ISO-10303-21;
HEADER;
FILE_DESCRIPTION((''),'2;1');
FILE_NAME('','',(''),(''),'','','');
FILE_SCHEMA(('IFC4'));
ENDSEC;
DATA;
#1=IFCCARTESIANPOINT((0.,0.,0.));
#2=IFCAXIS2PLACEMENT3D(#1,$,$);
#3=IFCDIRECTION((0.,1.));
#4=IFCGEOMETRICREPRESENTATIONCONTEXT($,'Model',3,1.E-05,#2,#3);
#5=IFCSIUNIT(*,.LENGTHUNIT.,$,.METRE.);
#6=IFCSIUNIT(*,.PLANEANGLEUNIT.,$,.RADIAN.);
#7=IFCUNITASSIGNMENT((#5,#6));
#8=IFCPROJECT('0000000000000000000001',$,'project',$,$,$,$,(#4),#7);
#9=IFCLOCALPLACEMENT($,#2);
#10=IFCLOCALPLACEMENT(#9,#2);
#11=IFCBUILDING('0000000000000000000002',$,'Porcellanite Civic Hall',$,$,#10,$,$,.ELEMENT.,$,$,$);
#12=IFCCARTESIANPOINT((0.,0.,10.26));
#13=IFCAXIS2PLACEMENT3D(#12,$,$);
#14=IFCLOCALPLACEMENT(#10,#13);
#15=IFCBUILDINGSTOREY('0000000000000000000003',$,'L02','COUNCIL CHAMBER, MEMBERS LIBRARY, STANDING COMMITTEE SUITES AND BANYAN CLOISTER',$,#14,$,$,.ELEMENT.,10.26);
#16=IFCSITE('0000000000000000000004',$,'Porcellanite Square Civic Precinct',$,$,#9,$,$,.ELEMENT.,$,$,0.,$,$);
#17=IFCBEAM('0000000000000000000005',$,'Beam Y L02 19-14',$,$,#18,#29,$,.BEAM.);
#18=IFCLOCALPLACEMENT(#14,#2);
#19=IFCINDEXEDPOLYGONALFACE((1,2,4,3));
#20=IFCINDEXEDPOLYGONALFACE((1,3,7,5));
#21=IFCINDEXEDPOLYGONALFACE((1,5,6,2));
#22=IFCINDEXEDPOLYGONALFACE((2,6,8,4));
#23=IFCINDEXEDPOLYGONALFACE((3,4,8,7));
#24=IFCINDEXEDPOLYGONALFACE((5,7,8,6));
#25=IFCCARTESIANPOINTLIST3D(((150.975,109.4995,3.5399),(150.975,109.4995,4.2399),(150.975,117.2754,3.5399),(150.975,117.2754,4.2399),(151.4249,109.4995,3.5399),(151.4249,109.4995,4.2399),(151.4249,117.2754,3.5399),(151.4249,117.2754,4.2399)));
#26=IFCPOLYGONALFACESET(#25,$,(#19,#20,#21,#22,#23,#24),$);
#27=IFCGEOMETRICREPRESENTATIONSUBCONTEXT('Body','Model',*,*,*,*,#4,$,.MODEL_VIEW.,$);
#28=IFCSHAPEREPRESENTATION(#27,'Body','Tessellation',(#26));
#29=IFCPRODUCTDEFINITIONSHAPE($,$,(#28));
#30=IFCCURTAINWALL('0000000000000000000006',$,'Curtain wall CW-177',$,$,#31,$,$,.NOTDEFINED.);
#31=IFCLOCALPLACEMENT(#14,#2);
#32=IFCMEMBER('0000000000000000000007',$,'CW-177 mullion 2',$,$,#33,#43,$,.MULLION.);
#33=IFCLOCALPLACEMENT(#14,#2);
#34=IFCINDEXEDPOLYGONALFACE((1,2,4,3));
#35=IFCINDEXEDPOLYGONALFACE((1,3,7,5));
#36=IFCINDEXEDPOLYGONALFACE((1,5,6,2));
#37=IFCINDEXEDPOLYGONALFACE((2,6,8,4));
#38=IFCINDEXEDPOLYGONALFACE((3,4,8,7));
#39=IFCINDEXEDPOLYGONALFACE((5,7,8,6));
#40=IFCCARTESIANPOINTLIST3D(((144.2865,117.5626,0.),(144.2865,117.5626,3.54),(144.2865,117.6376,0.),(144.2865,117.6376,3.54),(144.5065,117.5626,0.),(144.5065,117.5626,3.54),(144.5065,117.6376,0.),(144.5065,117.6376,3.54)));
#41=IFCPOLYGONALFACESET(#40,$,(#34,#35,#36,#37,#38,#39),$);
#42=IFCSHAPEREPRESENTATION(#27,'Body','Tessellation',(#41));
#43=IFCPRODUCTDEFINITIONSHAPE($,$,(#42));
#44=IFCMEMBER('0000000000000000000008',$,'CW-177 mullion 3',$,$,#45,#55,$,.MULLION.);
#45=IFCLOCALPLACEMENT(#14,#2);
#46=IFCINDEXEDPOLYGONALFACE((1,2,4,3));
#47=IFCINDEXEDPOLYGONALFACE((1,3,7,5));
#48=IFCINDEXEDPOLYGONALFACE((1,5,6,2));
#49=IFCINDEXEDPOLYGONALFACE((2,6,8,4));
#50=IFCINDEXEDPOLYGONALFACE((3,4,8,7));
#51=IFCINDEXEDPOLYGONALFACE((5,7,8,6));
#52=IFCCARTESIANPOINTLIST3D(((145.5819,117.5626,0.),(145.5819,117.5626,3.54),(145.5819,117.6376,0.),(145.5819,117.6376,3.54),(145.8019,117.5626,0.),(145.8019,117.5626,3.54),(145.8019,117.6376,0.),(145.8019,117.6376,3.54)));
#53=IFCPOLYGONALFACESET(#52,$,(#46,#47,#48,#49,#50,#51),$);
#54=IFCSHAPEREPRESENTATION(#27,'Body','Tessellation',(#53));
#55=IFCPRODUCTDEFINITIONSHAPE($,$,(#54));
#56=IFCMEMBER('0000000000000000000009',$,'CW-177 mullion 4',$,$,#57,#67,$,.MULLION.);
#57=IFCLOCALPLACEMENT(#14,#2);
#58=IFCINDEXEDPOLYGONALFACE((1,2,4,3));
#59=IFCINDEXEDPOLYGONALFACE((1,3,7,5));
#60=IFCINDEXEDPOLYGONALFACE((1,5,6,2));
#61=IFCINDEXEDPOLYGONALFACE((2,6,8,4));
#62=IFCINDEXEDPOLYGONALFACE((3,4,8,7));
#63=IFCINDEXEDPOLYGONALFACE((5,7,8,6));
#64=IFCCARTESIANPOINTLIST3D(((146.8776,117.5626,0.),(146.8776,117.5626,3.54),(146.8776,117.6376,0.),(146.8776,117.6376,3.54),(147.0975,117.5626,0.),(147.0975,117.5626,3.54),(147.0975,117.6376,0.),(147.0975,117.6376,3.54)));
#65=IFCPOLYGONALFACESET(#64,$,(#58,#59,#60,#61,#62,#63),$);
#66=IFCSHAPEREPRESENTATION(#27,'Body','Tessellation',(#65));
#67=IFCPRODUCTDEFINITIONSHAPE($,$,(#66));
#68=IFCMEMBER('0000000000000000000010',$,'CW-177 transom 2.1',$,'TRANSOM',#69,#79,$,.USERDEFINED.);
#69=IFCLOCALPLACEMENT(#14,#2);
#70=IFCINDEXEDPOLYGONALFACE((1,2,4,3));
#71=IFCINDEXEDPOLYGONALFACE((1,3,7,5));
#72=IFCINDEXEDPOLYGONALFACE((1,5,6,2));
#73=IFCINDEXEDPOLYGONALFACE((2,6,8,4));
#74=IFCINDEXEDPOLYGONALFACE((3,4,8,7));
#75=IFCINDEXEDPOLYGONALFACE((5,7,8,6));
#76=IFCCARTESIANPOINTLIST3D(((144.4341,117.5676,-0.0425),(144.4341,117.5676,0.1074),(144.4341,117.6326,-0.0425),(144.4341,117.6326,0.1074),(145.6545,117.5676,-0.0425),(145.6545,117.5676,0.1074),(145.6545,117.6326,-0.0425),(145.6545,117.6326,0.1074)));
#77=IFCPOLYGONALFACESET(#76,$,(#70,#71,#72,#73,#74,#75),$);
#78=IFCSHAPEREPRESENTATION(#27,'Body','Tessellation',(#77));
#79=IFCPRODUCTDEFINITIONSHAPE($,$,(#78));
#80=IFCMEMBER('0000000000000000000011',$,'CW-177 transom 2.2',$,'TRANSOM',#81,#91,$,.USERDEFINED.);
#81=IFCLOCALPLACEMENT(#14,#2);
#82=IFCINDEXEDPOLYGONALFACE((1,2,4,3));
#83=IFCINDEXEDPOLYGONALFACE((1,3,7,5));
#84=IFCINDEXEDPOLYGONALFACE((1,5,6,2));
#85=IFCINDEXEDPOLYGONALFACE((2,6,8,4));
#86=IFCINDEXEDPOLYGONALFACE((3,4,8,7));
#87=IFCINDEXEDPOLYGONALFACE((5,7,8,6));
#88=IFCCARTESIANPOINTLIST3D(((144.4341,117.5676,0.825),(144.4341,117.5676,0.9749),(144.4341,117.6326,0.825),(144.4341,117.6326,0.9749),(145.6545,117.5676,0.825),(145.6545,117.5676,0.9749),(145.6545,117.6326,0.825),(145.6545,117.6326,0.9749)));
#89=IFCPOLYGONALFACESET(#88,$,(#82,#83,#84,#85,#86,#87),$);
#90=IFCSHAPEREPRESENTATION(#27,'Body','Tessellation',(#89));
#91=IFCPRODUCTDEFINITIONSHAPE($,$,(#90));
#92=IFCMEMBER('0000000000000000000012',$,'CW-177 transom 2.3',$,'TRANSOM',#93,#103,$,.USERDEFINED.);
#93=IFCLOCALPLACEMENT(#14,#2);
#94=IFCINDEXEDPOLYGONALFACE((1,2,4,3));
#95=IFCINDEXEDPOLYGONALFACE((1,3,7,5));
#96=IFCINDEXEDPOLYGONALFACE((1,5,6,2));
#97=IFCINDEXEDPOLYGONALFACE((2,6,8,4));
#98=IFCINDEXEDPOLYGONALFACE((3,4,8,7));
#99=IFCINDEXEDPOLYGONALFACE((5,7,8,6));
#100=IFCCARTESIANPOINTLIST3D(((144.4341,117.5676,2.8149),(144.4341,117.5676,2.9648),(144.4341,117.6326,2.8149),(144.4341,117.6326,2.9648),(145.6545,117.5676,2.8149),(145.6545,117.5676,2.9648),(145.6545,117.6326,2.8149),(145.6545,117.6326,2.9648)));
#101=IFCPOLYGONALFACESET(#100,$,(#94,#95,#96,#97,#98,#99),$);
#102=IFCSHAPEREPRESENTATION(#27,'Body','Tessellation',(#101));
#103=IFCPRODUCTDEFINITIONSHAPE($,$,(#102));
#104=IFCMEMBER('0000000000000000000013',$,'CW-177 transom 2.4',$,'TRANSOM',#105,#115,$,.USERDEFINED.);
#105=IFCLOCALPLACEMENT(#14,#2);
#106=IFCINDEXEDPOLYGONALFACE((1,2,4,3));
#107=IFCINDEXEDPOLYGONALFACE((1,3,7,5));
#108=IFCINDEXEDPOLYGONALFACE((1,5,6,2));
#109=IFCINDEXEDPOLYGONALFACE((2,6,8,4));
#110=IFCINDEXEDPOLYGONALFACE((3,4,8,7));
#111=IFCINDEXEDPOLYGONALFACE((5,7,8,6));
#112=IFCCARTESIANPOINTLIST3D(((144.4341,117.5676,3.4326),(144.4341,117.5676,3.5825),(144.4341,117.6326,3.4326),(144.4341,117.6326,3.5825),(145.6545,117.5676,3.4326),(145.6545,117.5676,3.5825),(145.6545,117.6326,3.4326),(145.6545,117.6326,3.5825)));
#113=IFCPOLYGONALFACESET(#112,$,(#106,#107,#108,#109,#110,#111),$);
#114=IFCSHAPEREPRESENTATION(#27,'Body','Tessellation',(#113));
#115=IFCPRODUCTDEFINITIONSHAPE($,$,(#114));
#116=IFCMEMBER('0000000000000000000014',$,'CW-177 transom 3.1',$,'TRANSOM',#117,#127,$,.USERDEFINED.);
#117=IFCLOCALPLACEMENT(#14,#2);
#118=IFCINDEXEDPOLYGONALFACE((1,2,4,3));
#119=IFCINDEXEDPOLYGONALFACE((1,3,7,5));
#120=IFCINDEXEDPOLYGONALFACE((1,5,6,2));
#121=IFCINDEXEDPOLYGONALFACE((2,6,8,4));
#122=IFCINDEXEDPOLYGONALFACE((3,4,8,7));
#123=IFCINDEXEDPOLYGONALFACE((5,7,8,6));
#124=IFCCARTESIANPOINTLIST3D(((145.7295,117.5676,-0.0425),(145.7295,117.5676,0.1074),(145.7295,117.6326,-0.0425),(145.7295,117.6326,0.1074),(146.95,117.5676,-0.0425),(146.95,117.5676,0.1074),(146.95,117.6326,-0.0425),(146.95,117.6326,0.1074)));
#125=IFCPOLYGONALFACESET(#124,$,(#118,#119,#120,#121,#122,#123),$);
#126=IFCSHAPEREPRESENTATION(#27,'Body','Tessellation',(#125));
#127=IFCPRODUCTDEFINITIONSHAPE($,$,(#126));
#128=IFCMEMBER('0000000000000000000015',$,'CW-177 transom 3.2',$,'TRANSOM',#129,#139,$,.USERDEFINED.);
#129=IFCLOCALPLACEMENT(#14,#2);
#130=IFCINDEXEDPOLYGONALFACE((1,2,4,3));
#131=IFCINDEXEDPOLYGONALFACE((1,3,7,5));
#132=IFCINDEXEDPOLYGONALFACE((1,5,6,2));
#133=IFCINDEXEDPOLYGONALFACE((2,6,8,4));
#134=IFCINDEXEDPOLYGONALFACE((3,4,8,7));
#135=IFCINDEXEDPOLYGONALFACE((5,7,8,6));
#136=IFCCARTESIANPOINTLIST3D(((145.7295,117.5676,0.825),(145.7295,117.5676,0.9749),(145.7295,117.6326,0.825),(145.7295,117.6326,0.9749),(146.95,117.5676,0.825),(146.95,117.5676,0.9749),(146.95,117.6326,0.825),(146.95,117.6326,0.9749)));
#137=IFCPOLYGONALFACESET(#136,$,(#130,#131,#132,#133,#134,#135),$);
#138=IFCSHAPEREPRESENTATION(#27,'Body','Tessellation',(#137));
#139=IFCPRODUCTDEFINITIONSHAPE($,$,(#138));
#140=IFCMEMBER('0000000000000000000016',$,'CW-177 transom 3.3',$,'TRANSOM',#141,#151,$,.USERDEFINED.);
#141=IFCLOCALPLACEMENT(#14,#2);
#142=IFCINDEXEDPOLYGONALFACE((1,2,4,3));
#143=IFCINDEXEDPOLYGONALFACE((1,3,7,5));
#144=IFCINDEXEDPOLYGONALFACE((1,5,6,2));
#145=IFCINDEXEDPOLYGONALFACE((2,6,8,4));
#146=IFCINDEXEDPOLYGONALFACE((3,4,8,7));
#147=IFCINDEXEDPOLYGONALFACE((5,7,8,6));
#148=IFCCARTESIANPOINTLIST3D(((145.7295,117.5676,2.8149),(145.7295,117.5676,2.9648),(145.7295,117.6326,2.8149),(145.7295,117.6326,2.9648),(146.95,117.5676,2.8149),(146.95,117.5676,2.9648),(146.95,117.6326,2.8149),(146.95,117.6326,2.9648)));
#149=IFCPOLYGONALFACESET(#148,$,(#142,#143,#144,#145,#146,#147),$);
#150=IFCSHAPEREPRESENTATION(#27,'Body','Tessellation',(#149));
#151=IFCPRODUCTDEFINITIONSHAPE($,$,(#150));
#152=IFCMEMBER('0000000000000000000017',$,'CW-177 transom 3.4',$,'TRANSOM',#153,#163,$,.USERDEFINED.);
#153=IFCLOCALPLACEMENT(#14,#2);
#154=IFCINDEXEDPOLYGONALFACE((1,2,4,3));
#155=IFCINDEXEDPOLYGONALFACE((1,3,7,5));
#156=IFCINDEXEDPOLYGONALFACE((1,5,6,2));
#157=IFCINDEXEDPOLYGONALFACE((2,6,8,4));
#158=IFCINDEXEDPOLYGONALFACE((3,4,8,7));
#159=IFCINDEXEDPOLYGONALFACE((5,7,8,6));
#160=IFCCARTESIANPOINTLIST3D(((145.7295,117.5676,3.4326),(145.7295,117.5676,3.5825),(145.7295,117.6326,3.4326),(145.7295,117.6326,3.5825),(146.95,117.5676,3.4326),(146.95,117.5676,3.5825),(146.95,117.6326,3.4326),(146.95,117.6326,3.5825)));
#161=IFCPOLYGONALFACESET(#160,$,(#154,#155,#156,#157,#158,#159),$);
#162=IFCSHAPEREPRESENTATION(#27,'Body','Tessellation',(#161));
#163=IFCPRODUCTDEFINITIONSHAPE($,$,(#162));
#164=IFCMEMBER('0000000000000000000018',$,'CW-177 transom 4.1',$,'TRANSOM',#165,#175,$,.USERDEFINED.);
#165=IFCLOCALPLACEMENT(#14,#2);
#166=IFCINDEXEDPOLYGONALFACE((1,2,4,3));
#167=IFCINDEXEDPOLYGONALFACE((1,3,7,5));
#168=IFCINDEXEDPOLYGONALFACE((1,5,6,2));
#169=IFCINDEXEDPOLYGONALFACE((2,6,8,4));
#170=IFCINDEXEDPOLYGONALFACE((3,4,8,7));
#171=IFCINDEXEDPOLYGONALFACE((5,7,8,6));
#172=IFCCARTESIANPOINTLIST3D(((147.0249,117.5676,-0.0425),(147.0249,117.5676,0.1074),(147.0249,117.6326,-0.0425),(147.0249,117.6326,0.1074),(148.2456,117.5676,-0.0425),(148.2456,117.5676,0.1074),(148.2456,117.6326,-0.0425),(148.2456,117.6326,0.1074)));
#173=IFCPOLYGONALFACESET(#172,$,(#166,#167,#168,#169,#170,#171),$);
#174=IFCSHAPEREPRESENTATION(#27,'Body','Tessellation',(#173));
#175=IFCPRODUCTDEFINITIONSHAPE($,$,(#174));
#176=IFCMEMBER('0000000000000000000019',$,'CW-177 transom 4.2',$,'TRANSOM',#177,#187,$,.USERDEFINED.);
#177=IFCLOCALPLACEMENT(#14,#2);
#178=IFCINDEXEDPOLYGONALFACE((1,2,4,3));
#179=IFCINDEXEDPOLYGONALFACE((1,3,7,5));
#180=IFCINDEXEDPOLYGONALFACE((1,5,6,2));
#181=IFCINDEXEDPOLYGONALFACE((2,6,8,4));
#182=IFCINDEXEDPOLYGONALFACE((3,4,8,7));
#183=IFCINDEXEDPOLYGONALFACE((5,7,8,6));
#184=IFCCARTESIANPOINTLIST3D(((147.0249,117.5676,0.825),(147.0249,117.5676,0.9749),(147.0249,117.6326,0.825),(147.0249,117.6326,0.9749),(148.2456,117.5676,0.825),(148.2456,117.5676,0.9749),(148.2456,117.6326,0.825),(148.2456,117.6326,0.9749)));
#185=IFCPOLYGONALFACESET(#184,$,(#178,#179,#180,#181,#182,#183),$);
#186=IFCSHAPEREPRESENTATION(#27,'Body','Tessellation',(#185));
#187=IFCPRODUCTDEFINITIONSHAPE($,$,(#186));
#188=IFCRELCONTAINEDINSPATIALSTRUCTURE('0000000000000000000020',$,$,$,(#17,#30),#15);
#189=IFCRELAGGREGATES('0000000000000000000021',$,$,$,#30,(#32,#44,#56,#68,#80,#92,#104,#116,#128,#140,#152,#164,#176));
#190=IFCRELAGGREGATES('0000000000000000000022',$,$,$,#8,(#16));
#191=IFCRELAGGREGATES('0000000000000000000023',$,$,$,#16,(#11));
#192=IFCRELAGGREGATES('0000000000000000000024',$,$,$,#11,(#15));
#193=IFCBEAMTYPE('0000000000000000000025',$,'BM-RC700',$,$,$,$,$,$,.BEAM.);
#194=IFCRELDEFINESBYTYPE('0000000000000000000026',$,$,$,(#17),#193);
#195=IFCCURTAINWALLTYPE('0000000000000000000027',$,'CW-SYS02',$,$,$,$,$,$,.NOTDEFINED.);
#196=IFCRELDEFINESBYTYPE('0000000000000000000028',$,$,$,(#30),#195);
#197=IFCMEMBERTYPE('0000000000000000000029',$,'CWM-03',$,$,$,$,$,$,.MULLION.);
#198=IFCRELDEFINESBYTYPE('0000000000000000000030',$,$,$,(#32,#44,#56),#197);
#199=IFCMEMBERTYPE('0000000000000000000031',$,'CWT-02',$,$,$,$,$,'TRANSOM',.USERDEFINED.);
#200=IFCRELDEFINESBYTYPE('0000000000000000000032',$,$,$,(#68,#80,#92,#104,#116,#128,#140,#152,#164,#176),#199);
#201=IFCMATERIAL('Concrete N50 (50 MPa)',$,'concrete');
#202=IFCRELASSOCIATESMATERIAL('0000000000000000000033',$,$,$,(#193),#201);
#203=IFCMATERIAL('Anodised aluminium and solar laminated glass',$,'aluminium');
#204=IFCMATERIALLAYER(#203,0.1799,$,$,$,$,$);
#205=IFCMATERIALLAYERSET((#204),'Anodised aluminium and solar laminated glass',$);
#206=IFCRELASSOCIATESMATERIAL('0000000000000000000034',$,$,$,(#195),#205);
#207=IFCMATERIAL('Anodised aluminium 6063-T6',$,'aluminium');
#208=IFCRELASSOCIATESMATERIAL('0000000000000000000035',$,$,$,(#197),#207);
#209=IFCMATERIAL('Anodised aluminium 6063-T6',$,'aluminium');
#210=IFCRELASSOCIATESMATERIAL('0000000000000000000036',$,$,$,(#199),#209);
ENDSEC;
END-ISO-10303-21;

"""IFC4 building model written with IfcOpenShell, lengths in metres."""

from ifc_helpers import new_model, si_unit, direction, frame, origin, origin_2d, place, context, subcontext, project, spatial, rectangle, extrude, material, layer, layer_set, material_profile, profile_set, type_object, element, aggregate, save


model = new_model("IFC4")

# Units and contexts
model_context = context("Model", 3, precision=1e-05, world=origin(), true_north=direction((0.0, 1.0)))
body_context = subcontext(model_context, "Body", "Model", "MODEL_VIEW")
ifc_project = project(units=[si_unit("LENGTHUNIT", "METRE"), si_unit("PLANEANGLEUNIT", "RADIAN")], contexts=[model_context])

# Site, building, storey
site_placement = place(None, origin())
site = spatial("IfcSite", under=ifc_project, at=site_placement, Name="Porcellanite Square Civic Precinct", CompositionType="ELEMENT", RefElevation=0.0)
building_placement = place(site_placement, origin())
building = spatial("IfcBuilding", under=site, at=building_placement, Name="Porcellanite Civic Hall", CompositionType="ELEMENT")
storey_placement = place(building_placement, frame((0.0, 0.0, 10.26)))
storey = spatial("IfcBuildingStorey", under=building, at=storey_placement, Name="L02", Description="COUNCIL CHAMBER, MEMBERS LIBRARY, STANDING COMMITTEE SUITES AND BANYAN CLOISTER", CompositionType="ELEMENT", Elevation=10.26)

# Beam
ifc_material_1 = material(Name="Concrete N50 (50 MPa)", Category="concrete")
ifc_material_profile_1 = material_profile(ifc_material_1, rectangle(XDim=0.45, YDim=0.7, at=origin_2d()), Name="RC-450x700")
ifc_profile_set_1 = profile_set([ifc_material_profile_1], Name="Concrete N50 (50 MPa)")
beam_type_1 = type_object("IfcBeamType", Name="BM-RC700", PredefinedType="BEAM", material=ifc_profile_set_1)
beam_1_placement = place(storey_placement, frame((151.2, 109.4995, 3.8899), z_axis=(0.0, 1.0, 0.0), x_axis=(-1.0, 0.0, 0.0)))
element("IfcBeam", 1, at=beam_1_placement, inside=storey, type_object=beam_type_1, Name="Beam Y L02 19-14", PredefinedType="BEAM", context=body_context, shape_type="SweptSolid", body=[
    extrude(rectangle(XDim=0.45, YDim=0.7, at=origin_2d()), origin(), (0.0, 0.0, 1.0), 7.7759),
])

# Curtain wall, members
ifc_material_2 = material(Name="Anodised aluminium and solar laminated glass", Category="aluminium")
ifc_layer_1 = layer(ifc_material_2, 0.1799)
ifc_layer_set_1 = layer_set([ifc_layer_1], Name="Anodised aluminium and solar laminated glass")
curtain_wall_type = type_object("IfcCurtainWallType", Name="CW-SYS02", PredefinedType="NOTDEFINED", material=ifc_layer_set_1)
curtain_wall_placement = place(storey_placement, origin())
curtain_wall = element("IfcCurtainWall", 2, at=curtain_wall_placement, inside=storey, type_object=curtain_wall_type, Name="Curtain wall CW-177", PredefinedType="NOTDEFINED")
ifc_material_3 = material(Name="Anodised aluminium 6063-T6", Category="aluminium")
ifc_material_profile_2 = material_profile(ifc_material_3, rectangle(XDim=0.075, YDim=0.22, at=origin_2d()), Name="AL-75x220")
ifc_profile_set_2 = profile_set([ifc_material_profile_2], Name="Anodised aluminium 6063-T6")
member_type_1 = type_object("IfcMemberType", Name="CWM-03", PredefinedType="MULLION", material=ifc_profile_set_2)
member_1_placement = place(storey_placement, frame((144.3965, 117.6001, 0.0), z_axis=(0.0, 0.0, 1.0), x_axis=(0.0, 1.0, 0.0)))
member_1 = element("IfcMember", 3, at=member_1_placement, type_object=member_type_1, Name="CW-177 mullion 2", PredefinedType="MULLION", context=body_context, shape_type="SweptSolid", body=[
    extrude(rectangle(XDim=0.075, YDim=0.22, at=origin_2d()), origin(), (0.0, 0.0, 1.0), 3.54),
])
member_2_placement = place(storey_placement, frame((145.6919, 117.6001, 0.0), z_axis=(0.0, 0.0, 1.0), x_axis=(0.0, 1.0, 0.0)))
member_2 = element("IfcMember", 4, at=member_2_placement, type_object=member_type_1, Name="CW-177 mullion 3", PredefinedType="MULLION", context=body_context, shape_type="SweptSolid", body=[
    extrude(rectangle(XDim=0.075, YDim=0.22, at=origin_2d()), origin(), (0.0, 0.0, 1.0), 3.54),
])
member_3_placement = place(storey_placement, frame((146.9875, 117.6001, 0.0), z_axis=(0.0, 0.0, 1.0), x_axis=(0.0, 1.0, 0.0)))
member_3 = element("IfcMember", 5, at=member_3_placement, type_object=member_type_1, Name="CW-177 mullion 4", PredefinedType="MULLION", context=body_context, shape_type="SweptSolid", body=[
    extrude(rectangle(XDim=0.075, YDim=0.22, at=origin_2d()), origin(), (0.0, 0.0, 1.0), 3.54),
])
ifc_material_4 = material(Name="Anodised aluminium 6063-T6", Category="aluminium")
ifc_material_profile_3 = material_profile(ifc_material_4, rectangle(XDim=0.0649, YDim=0.1499, at=origin_2d()), Name="AL-65x150")
ifc_profile_set_3 = profile_set([ifc_material_profile_3], Name="Anodised aluminium 6063-T6")
member_type_2 = type_object("IfcMemberType", Name="CWT-02", ElementType="TRANSOM", PredefinedType="USERDEFINED", material=ifc_profile_set_3)
member_4_placement = place(storey_placement, frame((144.4341, 117.6001, 0.0325), z_axis=(1.0, 0.0, 0.0), x_axis=(0.0, 1.0, 0.0)))
member_4 = element("IfcMember", 6, at=member_4_placement, type_object=member_type_2, Name="CW-177 transom 2.1", ObjectType="TRANSOM", PredefinedType="USERDEFINED", context=body_context, shape_type="SweptSolid", body=[
    extrude(rectangle(XDim=0.0649, YDim=0.1499, at=origin_2d()), origin(), (0.0, 0.0, 1.0), 1.2205),
])
member_5_placement = place(storey_placement, frame((144.4341, 117.6001, 0.8999), z_axis=(1.0, 0.0, 0.0), x_axis=(0.0, 1.0, 0.0)))
member_5 = element("IfcMember", 7, at=member_5_placement, type_object=member_type_2, Name="CW-177 transom 2.2", ObjectType="TRANSOM", PredefinedType="USERDEFINED", context=body_context, shape_type="SweptSolid", body=[
    extrude(rectangle(XDim=0.0649, YDim=0.1499, at=origin_2d()), origin(), (0.0, 0.0, 1.0), 1.2205),
])
member_6_placement = place(storey_placement, frame((144.4341, 117.6001, 2.8899), z_axis=(1.0, 0.0, 0.0), x_axis=(0.0, 1.0, 0.0)))
member_6 = element("IfcMember", 8, at=member_6_placement, type_object=member_type_2, Name="CW-177 transom 2.3", ObjectType="TRANSOM", PredefinedType="USERDEFINED", context=body_context, shape_type="SweptSolid", body=[
    extrude(rectangle(XDim=0.0649, YDim=0.1499, at=origin_2d()), origin(), (0.0, 0.0, 1.0), 1.2205),
])
member_7_placement = place(storey_placement, frame((144.4341, 117.6001, 3.5076), z_axis=(1.0, 0.0, 0.0), x_axis=(0.0, 1.0, 0.0)))
member_7 = element("IfcMember", 9, at=member_7_placement, type_object=member_type_2, Name="CW-177 transom 2.4", ObjectType="TRANSOM", PredefinedType="USERDEFINED", context=body_context, shape_type="SweptSolid", body=[
    extrude(rectangle(XDim=0.0649, YDim=0.1499, at=origin_2d()), origin(), (0.0, 0.0, 1.0), 1.2205),
])
member_8_placement = place(storey_placement, frame((145.7295, 117.6001, 0.0325), z_axis=(1.0, 0.0, 0.0), x_axis=(0.0, 1.0, 0.0)))
member_8 = element("IfcMember", 10, at=member_8_placement, type_object=member_type_2, Name="CW-177 transom 3.1", ObjectType="TRANSOM", PredefinedType="USERDEFINED", context=body_context, shape_type="SweptSolid", body=[
    extrude(rectangle(XDim=0.0649, YDim=0.1499, at=origin_2d()), origin(), (0.0, 0.0, 1.0), 1.2205),
])
member_9_placement = place(storey_placement, frame((145.7295, 117.6001, 0.8999), z_axis=(1.0, 0.0, 0.0), x_axis=(0.0, 1.0, 0.0)))
member_9 = element("IfcMember", 11, at=member_9_placement, type_object=member_type_2, Name="CW-177 transom 3.2", ObjectType="TRANSOM", PredefinedType="USERDEFINED", context=body_context, shape_type="SweptSolid", body=[
    extrude(rectangle(XDim=0.0649, YDim=0.1499, at=origin_2d()), origin(), (0.0, 0.0, 1.0), 1.2205),
])
member_10_placement = place(storey_placement, frame((145.7295, 117.6001, 2.8899), z_axis=(1.0, 0.0, 0.0), x_axis=(0.0, 1.0, 0.0)))
member_10 = element("IfcMember", 12, at=member_10_placement, type_object=member_type_2, Name="CW-177 transom 3.3", ObjectType="TRANSOM", PredefinedType="USERDEFINED", context=body_context, shape_type="SweptSolid", body=[
    extrude(rectangle(XDim=0.0649, YDim=0.1499, at=origin_2d()), origin(), (0.0, 0.0, 1.0), 1.2205),
])
member_11_placement = place(storey_placement, frame((145.7295, 117.6001, 3.5076), z_axis=(1.0, 0.0, 0.0), x_axis=(0.0, 1.0, 0.0)))
member_11 = element("IfcMember", 13, at=member_11_placement, type_object=member_type_2, Name="CW-177 transom 3.4", ObjectType="TRANSOM", PredefinedType="USERDEFINED", context=body_context, shape_type="SweptSolid", body=[
    extrude(rectangle(XDim=0.0649, YDim=0.1499, at=origin_2d()), origin(), (0.0, 0.0, 1.0), 1.2205),
])
member_12_placement = place(storey_placement, frame((147.0249, 117.6001, 0.0325), z_axis=(1.0, 0.0, 0.0), x_axis=(0.0, 1.0, 0.0)))
member_12 = element("IfcMember", 14, at=member_12_placement, type_object=member_type_2, Name="CW-177 transom 4.1", ObjectType="TRANSOM", PredefinedType="USERDEFINED", context=body_context, shape_type="SweptSolid", body=[
    extrude(rectangle(XDim=0.0649, YDim=0.1499, at=origin_2d()), origin(), (0.0, 0.0, 1.0), 1.2207),
])
member_13_placement = place(storey_placement, frame((147.0249, 117.6001, 0.8999), z_axis=(1.0, 0.0, 0.0), x_axis=(0.0, 1.0, 0.0)))
member_13 = element("IfcMember", 15, at=member_13_placement, type_object=member_type_2, Name="CW-177 transom 4.2", ObjectType="TRANSOM", PredefinedType="USERDEFINED", context=body_context, shape_type="SweptSolid", body=[
    extrude(rectangle(XDim=0.0649, YDim=0.1499, at=origin_2d()), origin(), (0.0, 0.0, 1.0), 1.2207),
])

aggregate(curtain_wall, [member_1, member_2, member_3, member_4, member_5, member_6, member_7, member_8, member_9, member_10, member_11, member_12, member_13])

save(model, "model.ifc")
